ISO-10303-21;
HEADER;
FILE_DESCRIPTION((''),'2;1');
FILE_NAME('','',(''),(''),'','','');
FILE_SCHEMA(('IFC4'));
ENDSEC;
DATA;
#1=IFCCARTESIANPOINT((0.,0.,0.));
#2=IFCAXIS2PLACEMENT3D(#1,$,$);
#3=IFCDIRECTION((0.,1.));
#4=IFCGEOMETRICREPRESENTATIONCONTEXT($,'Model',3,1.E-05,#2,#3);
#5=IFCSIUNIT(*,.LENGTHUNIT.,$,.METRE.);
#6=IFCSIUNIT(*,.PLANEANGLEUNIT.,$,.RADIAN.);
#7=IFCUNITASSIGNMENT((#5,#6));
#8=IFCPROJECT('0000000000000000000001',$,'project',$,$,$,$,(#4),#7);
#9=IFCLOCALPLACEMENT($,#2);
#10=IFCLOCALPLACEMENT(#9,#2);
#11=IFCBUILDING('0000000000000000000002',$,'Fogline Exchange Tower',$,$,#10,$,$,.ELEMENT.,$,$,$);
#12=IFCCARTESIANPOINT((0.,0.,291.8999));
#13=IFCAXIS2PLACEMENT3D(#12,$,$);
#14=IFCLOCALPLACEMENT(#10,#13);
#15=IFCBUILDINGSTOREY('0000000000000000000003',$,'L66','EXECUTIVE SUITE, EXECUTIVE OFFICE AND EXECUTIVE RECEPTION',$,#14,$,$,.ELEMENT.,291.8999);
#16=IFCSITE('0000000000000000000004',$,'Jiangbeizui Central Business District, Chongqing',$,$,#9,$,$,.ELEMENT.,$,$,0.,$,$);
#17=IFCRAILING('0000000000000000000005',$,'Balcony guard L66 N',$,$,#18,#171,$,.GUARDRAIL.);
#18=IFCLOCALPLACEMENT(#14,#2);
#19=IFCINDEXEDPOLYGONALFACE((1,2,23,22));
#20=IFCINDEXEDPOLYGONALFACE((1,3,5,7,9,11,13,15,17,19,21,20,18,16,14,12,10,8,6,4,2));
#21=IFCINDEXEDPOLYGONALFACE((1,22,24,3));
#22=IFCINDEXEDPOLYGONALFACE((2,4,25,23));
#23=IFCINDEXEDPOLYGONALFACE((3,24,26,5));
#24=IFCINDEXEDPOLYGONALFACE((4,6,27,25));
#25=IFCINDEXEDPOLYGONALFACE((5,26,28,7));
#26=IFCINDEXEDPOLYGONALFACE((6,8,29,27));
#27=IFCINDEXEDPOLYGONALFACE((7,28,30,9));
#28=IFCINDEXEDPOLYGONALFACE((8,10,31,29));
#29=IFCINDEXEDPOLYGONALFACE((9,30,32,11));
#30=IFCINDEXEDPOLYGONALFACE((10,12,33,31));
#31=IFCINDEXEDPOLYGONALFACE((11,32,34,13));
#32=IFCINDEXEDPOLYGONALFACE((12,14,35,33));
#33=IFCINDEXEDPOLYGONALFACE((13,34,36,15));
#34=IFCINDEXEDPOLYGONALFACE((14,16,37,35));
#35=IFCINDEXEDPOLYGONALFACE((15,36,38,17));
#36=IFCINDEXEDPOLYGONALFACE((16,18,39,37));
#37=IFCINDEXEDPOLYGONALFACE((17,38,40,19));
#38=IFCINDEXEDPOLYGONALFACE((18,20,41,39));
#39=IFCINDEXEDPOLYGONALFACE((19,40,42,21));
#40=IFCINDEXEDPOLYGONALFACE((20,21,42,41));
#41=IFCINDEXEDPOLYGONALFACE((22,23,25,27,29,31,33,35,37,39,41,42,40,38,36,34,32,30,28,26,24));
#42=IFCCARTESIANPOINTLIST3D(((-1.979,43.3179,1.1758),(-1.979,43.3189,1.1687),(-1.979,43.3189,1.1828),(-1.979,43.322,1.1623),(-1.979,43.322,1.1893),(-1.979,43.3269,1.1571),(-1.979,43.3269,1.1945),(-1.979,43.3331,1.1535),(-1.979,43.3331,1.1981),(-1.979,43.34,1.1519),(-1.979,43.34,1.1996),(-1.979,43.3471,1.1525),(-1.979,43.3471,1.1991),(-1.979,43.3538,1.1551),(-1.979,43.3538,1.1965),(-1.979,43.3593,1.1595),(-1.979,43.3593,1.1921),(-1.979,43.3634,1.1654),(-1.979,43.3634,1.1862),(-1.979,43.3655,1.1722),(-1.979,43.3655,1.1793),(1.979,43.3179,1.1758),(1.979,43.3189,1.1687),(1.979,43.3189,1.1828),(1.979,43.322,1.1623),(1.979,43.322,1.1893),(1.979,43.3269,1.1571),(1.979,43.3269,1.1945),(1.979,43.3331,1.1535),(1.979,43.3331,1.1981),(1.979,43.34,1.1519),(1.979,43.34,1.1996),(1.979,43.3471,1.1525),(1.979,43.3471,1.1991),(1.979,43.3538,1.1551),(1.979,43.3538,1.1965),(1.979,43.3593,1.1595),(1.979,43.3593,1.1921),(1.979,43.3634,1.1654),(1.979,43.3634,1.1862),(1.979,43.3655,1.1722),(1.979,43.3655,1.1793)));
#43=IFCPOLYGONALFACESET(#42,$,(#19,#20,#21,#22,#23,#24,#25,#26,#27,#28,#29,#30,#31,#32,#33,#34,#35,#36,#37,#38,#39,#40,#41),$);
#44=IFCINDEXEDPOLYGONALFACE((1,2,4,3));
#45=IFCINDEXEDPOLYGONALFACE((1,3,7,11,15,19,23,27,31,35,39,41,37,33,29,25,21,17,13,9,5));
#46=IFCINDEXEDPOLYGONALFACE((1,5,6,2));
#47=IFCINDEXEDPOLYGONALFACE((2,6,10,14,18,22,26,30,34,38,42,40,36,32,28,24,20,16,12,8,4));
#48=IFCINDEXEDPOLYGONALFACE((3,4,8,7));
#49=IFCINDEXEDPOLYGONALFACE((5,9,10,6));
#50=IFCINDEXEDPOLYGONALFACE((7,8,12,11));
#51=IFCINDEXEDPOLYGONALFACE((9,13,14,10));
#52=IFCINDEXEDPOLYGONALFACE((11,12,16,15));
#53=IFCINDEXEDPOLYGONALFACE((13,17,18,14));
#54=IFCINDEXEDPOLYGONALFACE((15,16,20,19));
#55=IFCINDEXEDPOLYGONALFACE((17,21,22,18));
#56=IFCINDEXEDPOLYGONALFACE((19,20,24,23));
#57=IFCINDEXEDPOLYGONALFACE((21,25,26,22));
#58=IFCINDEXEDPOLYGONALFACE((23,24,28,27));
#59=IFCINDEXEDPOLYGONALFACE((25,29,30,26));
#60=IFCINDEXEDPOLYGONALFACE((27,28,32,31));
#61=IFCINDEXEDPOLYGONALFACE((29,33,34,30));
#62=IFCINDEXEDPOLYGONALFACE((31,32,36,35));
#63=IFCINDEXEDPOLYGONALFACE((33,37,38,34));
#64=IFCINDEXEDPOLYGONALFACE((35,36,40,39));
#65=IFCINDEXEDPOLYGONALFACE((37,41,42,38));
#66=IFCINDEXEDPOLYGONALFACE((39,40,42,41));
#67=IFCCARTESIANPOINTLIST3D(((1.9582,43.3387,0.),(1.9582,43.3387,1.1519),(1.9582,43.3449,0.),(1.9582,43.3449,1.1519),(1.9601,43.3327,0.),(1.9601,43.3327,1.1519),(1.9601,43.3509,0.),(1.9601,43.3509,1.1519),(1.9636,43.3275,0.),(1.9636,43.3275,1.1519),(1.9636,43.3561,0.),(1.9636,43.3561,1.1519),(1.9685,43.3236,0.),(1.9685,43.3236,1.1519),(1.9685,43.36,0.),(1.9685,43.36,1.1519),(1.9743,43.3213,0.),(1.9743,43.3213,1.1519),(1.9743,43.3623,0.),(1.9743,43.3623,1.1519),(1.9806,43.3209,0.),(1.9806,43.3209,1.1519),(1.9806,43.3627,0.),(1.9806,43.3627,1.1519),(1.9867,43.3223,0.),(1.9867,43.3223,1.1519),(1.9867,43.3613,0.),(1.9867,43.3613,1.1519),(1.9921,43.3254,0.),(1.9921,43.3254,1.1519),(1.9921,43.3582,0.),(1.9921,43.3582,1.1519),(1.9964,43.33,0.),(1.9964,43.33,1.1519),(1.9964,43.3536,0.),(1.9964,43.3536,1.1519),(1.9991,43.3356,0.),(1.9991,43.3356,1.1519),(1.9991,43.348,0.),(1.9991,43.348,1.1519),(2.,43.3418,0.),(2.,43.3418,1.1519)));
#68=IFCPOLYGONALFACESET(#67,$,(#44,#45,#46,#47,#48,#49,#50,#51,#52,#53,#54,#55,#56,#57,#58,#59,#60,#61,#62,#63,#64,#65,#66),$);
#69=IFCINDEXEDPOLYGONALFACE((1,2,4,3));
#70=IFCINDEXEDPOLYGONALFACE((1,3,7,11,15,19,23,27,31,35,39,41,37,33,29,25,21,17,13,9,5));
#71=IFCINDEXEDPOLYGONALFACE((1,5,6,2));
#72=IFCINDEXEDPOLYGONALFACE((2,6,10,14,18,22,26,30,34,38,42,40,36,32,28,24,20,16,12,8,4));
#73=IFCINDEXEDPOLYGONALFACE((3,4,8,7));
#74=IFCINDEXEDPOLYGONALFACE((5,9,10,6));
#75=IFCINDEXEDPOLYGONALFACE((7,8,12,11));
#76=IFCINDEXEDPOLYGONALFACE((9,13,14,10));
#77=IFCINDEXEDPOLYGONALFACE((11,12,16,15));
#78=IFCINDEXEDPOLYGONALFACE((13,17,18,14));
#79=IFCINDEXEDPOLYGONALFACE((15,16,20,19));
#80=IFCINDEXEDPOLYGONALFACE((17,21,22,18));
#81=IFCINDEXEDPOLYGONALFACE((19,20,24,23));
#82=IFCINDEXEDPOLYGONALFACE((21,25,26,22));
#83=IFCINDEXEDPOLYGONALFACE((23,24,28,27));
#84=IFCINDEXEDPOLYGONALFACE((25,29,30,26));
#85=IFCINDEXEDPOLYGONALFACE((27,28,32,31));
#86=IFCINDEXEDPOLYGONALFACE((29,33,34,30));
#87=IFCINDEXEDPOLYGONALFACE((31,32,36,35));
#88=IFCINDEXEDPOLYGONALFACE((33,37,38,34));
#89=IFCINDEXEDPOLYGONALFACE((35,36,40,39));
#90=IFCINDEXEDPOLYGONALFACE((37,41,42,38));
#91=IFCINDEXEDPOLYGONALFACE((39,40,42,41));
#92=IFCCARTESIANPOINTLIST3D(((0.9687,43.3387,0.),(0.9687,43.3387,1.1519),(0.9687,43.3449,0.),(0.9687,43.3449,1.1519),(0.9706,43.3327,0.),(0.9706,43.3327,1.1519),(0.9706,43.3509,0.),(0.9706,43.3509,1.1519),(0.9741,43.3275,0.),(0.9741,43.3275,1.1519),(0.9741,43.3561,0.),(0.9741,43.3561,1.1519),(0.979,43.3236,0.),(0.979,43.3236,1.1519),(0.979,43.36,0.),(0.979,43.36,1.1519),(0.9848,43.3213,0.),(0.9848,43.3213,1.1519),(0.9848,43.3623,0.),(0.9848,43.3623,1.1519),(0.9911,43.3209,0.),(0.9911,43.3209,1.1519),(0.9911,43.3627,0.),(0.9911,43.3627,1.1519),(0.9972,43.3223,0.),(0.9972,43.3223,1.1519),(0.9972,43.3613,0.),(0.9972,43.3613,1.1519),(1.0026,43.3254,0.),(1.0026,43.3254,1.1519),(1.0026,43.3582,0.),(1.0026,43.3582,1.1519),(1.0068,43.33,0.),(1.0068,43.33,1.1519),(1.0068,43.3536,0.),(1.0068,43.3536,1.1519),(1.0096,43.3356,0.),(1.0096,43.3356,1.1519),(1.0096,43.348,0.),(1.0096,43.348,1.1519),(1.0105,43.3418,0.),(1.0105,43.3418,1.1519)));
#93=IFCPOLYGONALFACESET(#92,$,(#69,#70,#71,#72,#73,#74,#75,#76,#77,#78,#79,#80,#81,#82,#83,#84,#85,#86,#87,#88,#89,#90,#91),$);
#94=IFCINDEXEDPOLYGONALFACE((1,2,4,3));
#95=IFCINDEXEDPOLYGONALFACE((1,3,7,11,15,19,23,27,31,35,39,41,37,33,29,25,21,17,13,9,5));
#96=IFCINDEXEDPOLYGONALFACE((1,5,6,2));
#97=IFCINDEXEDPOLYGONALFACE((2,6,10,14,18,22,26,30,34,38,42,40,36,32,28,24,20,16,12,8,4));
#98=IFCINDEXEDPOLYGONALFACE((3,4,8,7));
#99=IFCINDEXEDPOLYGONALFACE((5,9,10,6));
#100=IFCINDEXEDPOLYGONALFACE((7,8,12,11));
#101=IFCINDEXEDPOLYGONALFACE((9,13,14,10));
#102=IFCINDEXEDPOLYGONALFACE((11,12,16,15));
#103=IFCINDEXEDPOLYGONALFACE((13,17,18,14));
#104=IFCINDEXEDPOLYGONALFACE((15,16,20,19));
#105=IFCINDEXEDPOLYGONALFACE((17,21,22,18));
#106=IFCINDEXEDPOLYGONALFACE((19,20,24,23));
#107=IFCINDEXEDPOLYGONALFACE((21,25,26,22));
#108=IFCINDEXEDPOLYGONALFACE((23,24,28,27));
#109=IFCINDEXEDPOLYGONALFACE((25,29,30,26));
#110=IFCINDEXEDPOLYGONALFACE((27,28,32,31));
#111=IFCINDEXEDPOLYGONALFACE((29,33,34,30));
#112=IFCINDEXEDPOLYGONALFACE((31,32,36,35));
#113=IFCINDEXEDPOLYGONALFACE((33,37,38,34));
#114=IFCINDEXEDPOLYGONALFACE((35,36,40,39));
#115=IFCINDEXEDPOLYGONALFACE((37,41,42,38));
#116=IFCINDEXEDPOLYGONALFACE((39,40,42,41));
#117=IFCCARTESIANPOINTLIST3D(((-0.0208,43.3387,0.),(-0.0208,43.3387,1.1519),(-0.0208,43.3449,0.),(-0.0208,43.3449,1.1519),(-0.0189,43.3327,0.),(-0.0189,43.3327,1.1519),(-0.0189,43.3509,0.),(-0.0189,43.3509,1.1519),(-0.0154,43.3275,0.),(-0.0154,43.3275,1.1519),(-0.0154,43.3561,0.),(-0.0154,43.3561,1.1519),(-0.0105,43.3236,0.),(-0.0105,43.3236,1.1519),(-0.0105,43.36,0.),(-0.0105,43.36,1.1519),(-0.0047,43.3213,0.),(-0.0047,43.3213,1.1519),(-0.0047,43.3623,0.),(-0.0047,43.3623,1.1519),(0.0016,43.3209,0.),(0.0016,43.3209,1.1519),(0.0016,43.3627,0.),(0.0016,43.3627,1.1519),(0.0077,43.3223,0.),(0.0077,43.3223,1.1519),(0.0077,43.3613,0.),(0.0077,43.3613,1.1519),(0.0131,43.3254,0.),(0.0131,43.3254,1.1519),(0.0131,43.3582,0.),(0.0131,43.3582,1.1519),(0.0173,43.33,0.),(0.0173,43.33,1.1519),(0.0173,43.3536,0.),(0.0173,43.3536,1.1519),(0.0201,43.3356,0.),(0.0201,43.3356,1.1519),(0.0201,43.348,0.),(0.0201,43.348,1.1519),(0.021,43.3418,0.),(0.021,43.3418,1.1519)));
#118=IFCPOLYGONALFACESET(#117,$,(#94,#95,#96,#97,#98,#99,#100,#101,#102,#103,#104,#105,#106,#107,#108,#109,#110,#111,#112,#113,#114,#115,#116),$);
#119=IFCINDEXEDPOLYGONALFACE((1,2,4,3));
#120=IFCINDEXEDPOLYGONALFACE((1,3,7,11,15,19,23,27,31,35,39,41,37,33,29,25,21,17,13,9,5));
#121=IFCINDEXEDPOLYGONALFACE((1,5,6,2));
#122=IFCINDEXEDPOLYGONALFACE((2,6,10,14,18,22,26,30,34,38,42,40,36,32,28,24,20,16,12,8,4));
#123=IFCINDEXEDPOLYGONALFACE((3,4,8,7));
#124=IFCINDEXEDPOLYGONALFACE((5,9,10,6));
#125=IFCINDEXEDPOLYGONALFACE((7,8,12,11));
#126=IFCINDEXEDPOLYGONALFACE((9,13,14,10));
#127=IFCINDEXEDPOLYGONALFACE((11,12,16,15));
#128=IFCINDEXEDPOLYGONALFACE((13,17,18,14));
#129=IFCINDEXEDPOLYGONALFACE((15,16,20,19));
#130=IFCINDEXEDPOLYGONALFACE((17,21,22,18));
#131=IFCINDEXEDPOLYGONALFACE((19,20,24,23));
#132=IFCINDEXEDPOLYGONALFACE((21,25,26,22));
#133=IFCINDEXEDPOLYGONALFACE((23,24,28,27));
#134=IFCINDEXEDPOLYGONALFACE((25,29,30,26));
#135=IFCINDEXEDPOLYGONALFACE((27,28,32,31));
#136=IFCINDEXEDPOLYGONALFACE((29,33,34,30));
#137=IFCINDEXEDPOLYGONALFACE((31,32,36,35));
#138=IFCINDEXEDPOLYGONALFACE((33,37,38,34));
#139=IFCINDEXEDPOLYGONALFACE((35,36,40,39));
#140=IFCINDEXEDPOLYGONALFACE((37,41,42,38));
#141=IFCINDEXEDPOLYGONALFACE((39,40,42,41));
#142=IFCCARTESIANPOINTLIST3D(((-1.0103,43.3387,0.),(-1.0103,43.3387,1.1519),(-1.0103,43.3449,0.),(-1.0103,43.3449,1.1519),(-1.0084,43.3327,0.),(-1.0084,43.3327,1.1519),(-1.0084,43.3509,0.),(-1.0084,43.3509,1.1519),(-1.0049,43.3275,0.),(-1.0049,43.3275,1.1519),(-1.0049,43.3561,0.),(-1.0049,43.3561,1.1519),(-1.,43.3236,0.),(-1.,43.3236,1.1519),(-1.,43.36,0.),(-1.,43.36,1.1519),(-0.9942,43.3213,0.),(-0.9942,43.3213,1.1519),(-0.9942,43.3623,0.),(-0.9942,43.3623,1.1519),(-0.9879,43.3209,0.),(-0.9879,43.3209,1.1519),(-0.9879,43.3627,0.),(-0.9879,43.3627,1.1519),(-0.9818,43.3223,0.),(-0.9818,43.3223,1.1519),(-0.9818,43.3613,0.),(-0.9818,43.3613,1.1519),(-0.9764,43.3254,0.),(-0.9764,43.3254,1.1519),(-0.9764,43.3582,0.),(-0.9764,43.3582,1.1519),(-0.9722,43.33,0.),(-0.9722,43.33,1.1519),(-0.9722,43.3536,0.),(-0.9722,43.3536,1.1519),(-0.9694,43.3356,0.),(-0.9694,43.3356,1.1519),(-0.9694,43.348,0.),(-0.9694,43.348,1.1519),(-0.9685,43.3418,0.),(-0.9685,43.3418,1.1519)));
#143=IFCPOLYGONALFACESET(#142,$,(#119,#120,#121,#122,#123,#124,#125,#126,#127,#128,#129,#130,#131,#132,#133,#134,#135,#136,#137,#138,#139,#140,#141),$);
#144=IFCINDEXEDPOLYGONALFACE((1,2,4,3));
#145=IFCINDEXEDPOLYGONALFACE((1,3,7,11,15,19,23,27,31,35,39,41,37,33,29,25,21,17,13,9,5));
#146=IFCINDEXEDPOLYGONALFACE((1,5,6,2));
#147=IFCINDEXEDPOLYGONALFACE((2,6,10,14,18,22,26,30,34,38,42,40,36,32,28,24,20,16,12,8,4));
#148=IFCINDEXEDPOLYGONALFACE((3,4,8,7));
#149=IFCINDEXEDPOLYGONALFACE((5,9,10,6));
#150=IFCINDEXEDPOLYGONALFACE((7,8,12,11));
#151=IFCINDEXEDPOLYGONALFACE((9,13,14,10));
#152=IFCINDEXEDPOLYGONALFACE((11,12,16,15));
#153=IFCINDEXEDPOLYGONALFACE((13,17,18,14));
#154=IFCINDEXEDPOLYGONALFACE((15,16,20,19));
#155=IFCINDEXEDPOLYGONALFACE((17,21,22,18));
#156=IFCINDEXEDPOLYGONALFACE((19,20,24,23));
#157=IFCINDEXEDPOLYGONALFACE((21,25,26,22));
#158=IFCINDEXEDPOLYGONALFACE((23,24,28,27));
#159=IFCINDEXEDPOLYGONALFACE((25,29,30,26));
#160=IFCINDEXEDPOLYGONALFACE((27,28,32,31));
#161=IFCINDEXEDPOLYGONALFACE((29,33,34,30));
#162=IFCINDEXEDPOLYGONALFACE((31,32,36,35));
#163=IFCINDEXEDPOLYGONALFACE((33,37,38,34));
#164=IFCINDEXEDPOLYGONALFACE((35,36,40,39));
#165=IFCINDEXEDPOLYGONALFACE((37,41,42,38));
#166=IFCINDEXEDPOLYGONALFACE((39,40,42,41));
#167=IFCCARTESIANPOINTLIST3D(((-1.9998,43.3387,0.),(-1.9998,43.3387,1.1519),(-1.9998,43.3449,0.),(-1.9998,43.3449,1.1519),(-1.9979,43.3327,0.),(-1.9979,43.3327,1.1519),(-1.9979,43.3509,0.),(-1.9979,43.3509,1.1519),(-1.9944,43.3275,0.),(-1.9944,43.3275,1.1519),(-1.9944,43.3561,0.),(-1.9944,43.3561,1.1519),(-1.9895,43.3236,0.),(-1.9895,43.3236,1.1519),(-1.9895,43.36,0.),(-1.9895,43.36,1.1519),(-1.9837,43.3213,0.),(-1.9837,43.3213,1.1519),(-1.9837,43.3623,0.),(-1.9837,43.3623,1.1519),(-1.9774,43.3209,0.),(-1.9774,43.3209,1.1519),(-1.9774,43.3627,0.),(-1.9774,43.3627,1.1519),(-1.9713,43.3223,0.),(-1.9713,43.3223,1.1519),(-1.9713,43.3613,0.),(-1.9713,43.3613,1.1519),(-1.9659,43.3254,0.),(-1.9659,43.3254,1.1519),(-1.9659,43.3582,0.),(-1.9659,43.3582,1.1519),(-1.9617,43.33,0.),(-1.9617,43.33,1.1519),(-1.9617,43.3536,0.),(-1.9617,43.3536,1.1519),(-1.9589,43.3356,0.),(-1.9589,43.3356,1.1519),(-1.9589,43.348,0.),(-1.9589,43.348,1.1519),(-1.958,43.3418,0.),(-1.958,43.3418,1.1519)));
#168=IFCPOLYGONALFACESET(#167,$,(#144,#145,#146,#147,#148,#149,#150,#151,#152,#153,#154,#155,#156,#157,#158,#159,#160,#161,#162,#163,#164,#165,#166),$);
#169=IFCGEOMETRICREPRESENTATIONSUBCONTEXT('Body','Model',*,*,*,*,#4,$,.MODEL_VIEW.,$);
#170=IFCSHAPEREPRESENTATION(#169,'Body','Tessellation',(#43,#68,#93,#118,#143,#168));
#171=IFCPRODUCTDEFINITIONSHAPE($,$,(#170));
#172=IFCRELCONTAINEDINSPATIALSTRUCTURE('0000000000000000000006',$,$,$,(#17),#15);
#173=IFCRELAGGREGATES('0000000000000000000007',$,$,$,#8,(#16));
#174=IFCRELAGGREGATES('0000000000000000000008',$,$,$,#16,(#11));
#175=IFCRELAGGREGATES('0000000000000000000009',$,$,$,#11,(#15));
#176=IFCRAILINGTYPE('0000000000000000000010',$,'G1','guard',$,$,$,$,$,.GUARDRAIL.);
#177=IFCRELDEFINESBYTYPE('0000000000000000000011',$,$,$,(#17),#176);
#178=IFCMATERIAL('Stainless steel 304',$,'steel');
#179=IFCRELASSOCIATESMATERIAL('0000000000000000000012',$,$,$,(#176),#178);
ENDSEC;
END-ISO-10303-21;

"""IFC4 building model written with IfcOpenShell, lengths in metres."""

from ifc_helpers import new_model, si_unit, direction, frame, origin, origin_2d, place, context, subcontext, project, spatial, circle, extrude, material, type_object, element, save


model = new_model("IFC4")

# Units and contexts
model_context = context("Model", 3, precision=1e-05, world=origin(), true_north=direction((0.0, 1.0)))
body_context = subcontext(model_context, "Body", "Model", "MODEL_VIEW")
ifc_project = project(units=[si_unit("LENGTHUNIT", "METRE"), si_unit("PLANEANGLEUNIT", "RADIAN")], contexts=[model_context])

# Site, building, storey
site_placement = place(None, origin())
site = spatial("IfcSite", under=ifc_project, at=site_placement, Name="Jiangbeizui Central Business District, Chongqing", CompositionType="ELEMENT", RefElevation=0.0)
building_placement = place(site_placement, origin())
building = spatial("IfcBuilding", under=site, at=building_placement, Name="Fogline Exchange Tower", CompositionType="ELEMENT")
storey_placement = place(building_placement, frame((0.0, 0.0, 291.8999)))
storey = spatial("IfcBuildingStorey", under=building, at=storey_placement, Name="L66", Description="EXECUTIVE SUITE, EXECUTIVE OFFICE AND EXECUTIVE RECEPTION", CompositionType="ELEMENT", Elevation=291.8999)

# Railing
ifc_material_1 = material(Name="Stainless steel 304", Category="steel")
railing_type = type_object("IfcRailingType", Name="G1", Description="guard", PredefinedType="GUARDRAIL", material=ifc_material_1)
railing_placement = place(storey_placement, frame((1.979, 43.3418, 0.0)))
element("IfcRailing", 1, at=railing_placement, inside=storey, type_object=railing_type, Name="Balcony guard L66 N", PredefinedType="GUARDRAIL", context=body_context, shape_type="SweptSolid", body=[
    extrude(circle(Radius=0.0239, at=origin_2d()), frame((0.0, 0.0, 1.1758), z_axis=(-1.0, 0.0, 0.0), x_axis=(0.0, -1.0, 0.0)), (0.0, 0.0, 1.0), 3.958),
    extrude(circle(Radius=0.021, at=origin_2d()), origin(), (0.0, 0.0, 1.0), 1.1519),
    extrude(circle(Radius=0.021, at=origin_2d()), frame((-0.9895, 0.0, 0.0)), (0.0, 0.0, 1.0), 1.1519),
    extrude(circle(Radius=0.021, at=origin_2d()), frame((-1.979, 0.0, 0.0)), (0.0, 0.0, 1.0), 1.1519),
    extrude(circle(Radius=0.021, at=origin_2d()), frame((-2.9685, 0.0, 0.0)), (0.0, 0.0, 1.0), 1.1519),
    extrude(circle(Radius=0.021, at=origin_2d()), frame((-3.958, 0.0, 0.0)), (0.0, 0.0, 1.0), 1.1519),
])

save(model, "model.ifc")
